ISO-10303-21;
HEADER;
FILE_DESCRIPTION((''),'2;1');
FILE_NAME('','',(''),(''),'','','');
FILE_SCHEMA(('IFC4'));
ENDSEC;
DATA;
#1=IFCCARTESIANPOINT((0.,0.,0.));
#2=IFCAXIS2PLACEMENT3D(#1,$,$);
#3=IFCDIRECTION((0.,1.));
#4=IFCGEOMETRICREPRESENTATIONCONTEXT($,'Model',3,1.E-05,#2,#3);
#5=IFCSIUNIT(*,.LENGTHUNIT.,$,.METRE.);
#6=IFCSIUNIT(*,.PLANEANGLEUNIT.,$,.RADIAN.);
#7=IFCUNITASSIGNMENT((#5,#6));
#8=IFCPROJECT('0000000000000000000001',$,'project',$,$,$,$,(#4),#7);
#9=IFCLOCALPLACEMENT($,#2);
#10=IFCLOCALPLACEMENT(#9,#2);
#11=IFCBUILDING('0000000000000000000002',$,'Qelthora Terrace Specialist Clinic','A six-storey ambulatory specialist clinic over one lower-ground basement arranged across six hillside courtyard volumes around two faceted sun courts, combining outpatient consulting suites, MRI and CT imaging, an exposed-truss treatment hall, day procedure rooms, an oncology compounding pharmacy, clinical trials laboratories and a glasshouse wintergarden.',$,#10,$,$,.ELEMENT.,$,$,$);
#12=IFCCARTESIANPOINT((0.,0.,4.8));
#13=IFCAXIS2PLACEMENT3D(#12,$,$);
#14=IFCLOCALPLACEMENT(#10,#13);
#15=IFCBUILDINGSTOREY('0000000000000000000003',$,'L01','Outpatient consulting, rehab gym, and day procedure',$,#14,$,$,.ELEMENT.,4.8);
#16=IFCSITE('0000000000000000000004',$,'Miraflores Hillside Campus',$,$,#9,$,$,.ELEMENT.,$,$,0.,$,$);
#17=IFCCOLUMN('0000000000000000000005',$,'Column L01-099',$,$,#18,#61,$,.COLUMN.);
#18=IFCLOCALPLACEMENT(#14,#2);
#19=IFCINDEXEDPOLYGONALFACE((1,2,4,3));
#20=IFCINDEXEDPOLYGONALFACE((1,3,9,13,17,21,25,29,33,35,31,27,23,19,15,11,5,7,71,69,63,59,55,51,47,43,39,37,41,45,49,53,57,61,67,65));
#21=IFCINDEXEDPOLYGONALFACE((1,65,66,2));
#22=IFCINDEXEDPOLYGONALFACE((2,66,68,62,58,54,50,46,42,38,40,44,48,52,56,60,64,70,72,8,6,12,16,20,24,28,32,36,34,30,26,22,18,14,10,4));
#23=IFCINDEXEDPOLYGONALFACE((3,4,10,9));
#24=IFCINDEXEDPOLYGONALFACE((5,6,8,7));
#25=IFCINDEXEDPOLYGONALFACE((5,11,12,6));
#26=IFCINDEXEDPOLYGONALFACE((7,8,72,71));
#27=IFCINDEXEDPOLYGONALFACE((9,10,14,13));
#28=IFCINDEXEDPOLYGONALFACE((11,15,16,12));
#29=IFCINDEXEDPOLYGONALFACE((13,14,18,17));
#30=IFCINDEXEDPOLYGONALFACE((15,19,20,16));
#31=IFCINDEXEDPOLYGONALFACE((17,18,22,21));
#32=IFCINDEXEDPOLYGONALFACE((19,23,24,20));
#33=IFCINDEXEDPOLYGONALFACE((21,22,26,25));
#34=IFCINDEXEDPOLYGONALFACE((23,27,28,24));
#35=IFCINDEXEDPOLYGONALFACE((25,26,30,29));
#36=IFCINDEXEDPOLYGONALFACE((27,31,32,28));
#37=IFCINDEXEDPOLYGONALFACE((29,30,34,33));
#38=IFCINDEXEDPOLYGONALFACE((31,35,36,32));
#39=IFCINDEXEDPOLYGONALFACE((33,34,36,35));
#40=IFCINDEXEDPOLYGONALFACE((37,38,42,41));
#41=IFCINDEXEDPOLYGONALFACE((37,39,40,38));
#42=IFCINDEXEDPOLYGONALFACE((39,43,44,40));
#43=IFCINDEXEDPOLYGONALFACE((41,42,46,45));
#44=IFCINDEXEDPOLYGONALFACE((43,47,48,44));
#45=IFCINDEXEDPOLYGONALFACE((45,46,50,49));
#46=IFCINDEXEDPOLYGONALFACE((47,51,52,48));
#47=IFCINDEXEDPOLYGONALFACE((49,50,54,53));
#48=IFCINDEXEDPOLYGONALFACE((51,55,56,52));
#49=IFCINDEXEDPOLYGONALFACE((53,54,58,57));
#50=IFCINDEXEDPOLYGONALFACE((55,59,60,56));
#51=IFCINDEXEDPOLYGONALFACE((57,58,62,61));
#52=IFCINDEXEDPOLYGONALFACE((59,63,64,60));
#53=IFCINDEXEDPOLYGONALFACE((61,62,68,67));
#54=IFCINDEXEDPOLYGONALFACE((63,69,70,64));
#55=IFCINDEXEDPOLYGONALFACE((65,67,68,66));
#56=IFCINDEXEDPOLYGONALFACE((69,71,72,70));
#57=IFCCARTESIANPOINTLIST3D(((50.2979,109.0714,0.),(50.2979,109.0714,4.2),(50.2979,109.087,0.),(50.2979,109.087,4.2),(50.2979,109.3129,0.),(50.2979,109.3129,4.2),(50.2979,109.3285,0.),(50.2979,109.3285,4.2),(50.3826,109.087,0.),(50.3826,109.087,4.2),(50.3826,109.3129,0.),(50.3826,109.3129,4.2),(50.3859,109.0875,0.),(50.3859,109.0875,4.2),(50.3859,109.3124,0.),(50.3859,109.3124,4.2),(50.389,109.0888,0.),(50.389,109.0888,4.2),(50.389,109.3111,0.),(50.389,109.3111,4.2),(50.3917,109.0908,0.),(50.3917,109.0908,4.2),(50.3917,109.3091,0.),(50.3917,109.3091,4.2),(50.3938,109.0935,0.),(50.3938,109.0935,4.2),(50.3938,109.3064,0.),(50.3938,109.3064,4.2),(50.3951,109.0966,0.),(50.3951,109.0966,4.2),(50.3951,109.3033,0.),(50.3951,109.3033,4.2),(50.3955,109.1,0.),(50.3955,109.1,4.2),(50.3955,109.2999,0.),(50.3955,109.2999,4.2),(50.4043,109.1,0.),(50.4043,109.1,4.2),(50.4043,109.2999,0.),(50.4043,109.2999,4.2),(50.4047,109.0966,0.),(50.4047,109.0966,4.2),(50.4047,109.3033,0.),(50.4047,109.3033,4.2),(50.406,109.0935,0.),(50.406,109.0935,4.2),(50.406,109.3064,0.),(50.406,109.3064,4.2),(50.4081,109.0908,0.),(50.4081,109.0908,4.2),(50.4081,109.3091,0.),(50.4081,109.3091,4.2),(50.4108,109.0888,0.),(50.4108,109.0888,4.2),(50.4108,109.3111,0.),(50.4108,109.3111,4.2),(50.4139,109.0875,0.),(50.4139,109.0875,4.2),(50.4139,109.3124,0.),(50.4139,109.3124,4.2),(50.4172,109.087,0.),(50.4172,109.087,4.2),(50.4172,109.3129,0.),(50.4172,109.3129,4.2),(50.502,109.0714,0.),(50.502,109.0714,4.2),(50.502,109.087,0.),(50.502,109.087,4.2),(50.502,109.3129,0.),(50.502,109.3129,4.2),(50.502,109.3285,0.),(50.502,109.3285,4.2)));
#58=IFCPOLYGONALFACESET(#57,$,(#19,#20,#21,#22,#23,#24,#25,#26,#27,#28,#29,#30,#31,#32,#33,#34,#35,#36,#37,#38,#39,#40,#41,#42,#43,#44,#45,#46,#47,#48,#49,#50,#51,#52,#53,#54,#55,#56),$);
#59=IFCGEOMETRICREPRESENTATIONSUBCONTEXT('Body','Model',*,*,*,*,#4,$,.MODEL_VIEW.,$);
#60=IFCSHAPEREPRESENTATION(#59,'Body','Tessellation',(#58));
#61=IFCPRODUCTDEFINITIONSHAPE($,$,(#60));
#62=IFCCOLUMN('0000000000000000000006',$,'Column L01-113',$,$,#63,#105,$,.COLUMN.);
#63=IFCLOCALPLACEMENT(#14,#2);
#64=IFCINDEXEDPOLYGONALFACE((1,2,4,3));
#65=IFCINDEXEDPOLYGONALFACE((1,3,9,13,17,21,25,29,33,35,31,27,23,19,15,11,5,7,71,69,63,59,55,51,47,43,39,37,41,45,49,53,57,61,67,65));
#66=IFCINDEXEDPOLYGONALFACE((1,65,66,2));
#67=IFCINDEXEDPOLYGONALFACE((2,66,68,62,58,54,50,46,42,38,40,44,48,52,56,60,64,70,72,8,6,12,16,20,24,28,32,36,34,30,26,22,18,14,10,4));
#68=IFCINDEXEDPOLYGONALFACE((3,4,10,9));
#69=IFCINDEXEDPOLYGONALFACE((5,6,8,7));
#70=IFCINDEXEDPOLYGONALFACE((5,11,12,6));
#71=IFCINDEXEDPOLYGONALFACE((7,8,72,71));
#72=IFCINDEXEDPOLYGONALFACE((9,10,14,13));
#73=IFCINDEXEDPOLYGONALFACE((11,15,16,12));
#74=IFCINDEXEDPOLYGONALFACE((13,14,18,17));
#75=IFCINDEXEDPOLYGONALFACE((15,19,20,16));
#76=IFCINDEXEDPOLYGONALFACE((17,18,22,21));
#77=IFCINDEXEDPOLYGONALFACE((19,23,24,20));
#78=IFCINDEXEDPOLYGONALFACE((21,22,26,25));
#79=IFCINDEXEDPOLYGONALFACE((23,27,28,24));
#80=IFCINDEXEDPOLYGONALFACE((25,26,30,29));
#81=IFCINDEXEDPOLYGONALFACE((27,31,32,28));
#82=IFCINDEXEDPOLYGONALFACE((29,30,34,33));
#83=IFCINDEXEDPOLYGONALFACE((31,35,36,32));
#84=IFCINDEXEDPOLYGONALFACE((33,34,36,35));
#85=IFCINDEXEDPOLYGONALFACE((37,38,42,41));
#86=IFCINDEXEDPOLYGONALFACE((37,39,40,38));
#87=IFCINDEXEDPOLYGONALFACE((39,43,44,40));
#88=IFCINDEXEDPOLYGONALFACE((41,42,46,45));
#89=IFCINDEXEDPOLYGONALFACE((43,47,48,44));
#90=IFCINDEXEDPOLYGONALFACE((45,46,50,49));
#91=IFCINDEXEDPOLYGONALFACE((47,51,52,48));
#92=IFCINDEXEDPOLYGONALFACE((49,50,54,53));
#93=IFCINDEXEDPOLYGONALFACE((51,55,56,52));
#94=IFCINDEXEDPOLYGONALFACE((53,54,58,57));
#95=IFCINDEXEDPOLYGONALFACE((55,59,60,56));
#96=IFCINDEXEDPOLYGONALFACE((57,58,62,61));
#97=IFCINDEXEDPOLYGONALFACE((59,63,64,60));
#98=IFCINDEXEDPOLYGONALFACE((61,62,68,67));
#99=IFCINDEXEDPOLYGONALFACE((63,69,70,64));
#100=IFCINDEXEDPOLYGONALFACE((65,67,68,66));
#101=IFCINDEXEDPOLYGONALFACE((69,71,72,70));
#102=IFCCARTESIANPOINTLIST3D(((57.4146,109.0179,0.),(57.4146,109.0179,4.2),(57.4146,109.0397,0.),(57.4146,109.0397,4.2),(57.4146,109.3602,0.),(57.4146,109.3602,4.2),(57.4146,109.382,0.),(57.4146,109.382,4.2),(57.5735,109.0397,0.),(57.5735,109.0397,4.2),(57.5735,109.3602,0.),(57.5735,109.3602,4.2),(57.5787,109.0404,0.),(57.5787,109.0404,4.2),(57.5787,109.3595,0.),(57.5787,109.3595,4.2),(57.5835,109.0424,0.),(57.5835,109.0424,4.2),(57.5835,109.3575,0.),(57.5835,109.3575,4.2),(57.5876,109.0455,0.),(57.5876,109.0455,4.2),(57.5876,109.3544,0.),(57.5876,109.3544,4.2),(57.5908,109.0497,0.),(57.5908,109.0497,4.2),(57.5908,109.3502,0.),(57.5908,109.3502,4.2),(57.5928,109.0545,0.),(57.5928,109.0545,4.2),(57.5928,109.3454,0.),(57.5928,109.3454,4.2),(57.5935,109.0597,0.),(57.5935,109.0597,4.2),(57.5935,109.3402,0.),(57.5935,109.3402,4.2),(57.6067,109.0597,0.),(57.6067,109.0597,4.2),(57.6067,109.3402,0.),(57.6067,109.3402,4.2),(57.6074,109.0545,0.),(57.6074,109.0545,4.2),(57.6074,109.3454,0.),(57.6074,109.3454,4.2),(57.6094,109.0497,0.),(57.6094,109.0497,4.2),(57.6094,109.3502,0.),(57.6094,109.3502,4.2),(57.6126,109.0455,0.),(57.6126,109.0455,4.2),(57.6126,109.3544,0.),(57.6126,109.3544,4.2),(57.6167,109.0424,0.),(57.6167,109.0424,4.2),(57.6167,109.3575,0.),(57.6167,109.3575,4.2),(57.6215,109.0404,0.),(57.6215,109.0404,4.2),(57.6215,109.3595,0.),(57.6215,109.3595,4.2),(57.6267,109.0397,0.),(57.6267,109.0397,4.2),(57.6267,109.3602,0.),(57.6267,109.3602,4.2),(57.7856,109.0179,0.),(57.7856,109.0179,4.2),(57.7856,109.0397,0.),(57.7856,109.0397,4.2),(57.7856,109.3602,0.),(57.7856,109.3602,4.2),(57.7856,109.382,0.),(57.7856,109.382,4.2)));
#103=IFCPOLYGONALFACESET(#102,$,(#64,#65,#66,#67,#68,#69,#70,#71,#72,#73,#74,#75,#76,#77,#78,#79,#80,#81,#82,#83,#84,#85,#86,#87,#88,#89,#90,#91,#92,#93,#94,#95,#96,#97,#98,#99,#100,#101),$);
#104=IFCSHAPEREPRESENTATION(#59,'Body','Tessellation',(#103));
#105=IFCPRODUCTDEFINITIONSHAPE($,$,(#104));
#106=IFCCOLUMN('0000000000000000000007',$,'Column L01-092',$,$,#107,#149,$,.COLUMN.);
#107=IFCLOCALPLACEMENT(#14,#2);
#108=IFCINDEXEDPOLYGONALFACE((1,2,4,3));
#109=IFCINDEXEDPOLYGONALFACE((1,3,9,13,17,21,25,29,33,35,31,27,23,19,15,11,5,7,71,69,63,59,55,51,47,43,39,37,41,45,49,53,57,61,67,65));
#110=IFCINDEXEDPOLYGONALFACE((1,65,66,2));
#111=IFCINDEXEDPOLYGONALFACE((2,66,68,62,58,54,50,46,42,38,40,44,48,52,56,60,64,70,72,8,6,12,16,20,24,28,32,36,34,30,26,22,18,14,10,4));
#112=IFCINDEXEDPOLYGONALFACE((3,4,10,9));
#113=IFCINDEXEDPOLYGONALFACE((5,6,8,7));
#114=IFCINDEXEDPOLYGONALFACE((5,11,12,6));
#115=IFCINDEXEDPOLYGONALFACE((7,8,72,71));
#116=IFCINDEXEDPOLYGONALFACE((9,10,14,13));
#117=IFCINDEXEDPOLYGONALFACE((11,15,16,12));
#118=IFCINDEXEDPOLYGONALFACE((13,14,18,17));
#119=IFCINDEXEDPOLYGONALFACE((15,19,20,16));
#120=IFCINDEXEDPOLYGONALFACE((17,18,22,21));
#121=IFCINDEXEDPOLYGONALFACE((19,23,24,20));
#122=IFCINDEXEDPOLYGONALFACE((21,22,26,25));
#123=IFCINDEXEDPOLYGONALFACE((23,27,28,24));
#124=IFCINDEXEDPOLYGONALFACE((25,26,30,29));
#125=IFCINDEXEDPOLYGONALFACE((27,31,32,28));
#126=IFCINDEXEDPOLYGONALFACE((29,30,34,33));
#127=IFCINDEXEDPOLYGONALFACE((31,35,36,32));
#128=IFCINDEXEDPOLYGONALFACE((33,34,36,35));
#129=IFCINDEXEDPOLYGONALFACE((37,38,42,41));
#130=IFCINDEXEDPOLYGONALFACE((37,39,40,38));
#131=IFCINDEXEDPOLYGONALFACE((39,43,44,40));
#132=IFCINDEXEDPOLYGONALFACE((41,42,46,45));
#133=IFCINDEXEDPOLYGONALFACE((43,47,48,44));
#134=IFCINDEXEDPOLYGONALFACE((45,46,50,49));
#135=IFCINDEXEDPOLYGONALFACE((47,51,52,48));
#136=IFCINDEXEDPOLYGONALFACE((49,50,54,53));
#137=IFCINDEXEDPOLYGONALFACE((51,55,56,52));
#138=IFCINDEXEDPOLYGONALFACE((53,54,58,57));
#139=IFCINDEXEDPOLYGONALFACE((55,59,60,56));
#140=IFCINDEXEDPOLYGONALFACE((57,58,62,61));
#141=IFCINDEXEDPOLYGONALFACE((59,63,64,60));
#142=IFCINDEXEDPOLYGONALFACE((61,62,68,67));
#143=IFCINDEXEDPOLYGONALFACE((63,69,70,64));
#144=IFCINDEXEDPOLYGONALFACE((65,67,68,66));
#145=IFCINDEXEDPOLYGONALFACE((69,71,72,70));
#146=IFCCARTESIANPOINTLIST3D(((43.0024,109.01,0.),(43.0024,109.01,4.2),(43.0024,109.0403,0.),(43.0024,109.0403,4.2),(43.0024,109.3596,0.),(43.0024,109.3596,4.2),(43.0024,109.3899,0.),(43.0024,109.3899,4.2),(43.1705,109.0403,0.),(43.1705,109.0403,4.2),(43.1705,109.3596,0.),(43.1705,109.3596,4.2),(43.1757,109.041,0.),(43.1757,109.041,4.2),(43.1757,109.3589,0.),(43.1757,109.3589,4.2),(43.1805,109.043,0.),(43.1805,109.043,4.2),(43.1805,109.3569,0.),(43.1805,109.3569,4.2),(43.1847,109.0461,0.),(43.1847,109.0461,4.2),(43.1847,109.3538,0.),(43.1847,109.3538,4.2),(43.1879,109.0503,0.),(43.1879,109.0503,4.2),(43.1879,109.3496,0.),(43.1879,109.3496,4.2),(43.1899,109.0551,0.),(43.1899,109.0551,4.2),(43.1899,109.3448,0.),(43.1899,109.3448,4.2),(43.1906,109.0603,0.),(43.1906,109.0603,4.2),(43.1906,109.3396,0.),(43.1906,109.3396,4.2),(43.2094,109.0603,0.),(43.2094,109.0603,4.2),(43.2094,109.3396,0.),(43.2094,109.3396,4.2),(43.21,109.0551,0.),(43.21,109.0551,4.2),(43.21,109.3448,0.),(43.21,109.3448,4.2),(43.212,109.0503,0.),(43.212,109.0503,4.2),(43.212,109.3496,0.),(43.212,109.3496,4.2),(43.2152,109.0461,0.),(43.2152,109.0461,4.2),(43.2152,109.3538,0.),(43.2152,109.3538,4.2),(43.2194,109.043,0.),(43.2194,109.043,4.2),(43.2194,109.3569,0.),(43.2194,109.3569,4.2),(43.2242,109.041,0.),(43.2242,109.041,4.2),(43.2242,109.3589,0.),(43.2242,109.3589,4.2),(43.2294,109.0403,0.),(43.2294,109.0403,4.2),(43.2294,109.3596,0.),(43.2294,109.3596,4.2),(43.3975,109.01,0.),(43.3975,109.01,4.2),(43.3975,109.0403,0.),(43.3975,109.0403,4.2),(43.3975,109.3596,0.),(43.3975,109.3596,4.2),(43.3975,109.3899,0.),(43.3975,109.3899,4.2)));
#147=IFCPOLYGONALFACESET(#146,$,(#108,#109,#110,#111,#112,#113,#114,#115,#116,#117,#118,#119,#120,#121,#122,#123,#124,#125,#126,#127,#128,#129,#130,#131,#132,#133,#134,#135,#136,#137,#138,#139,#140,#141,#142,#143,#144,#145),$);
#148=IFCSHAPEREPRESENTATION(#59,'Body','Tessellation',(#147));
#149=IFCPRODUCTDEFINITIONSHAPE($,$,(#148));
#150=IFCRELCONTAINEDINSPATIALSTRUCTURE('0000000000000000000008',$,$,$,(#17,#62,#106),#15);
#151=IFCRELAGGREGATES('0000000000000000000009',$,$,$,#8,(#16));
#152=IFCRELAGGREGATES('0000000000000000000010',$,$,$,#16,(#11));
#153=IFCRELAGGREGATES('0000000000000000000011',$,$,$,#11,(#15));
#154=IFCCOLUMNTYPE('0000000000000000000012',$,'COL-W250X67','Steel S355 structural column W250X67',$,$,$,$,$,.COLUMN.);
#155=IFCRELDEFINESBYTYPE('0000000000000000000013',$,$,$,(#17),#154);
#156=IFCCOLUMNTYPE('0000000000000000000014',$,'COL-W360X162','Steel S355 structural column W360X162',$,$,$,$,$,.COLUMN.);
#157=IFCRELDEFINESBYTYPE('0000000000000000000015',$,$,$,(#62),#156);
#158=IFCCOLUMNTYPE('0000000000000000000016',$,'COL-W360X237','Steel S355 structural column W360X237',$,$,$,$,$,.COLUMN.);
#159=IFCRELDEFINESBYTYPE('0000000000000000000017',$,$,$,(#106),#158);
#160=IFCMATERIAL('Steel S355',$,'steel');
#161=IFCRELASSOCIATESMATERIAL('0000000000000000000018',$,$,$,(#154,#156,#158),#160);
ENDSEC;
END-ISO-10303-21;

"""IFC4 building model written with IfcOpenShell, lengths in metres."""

from ifc_helpers import new_model, si_unit, direction, frame, origin, origin_2d, place, context, subcontext, project, spatial, i_section, extrude, material, material_profile, profile_set, type_object, element, save


model = new_model("IFC4")

# Units and contexts
model_context = context("Model", 3, precision=1e-05, world=origin(), true_north=direction((0.0, 1.0)))
body_context = subcontext(model_context, "Body", "Model", "MODEL_VIEW")
ifc_project = project(units=[si_unit("LENGTHUNIT", "METRE"), si_unit("PLANEANGLEUNIT", "RADIAN")], contexts=[model_context])

# Site, building, storey
site_placement = place(None, origin())
site = spatial("IfcSite", under=ifc_project, at=site_placement, Name="Miraflores Hillside Campus", CompositionType="ELEMENT", RefElevation=0.0)
building_placement = place(site_placement, origin())
building = spatial("IfcBuilding", under=site, at=building_placement, Name="Qelthora Terrace Specialist Clinic", Description="A six-storey ambulatory specialist clinic over one lower-ground basement arranged across six hillside courtyard volumes around two faceted sun courts, combining outpatient consulting suites, MRI and CT imaging, an exposed-truss treatment hall, day procedure rooms, an oncology compounding pharmacy, clinical trials laboratories and a glasshouse wintergarden.", CompositionType="ELEMENT")
storey_placement = place(building_placement, frame((0.0, 0.0, 4.8)))
storey = spatial("IfcBuildingStorey", under=building, at=storey_placement, Name="L01", Description="Outpatient consulting, rehab gym, and day procedure", CompositionType="ELEMENT", Elevation=4.8)

# Columns
ifc_material_1 = material(Name="Steel S355", Category="steel")
ifc_material_profile_1 = material_profile(ifc_material_1, i_section(OverallWidth=0.2041, OverallDepth=0.2571, WebThickness=0.0088, FlangeThickness=0.0156, FilletRadius=0.0129, at=origin_2d()), Name="W250X67")
ifc_profile_set_1 = profile_set([ifc_material_profile_1], Name="Steel S355")
column_type_1 = type_object("IfcColumnType", Name="COL-W250X67", Description="Steel S355 structural column W250X67", PredefinedType="COLUMN", material=ifc_profile_set_1)
column_1_placement = place(storey_placement, frame((50.3999, 109.2, 0.0), z_axis=(0.0, 0.0, 1.0), x_axis=(1.0, 0.0, 0.0)))
element("IfcColumn", 1, at=column_1_placement, inside=storey, type_object=column_type_1, Name="Column L01-099", PredefinedType="COLUMN", context=body_context, shape_type="SweptSolid", body=[
    extrude(i_section(OverallWidth=0.2041, OverallDepth=0.2571, WebThickness=0.0088, FlangeThickness=0.0156, FilletRadius=0.0129, at=origin_2d()), origin(), (0.0, 0.0, 1.0), 4.2),
])
ifc_material_profile_2 = material_profile(ifc_material_1, i_section(OverallWidth=0.3711, OverallDepth=0.364, WebThickness=0.0132, FlangeThickness=0.0217, FilletRadius=0.02, at=origin_2d()), Name="W360X162")
ifc_profile_set_2 = profile_set([ifc_material_profile_2], Name="Steel S355")
column_type_2 = type_object("IfcColumnType", Name="COL-W360X162", Description="Steel S355 structural column W360X162", PredefinedType="COLUMN", material=ifc_profile_set_2)
column_2_placement = place(storey_placement, frame((57.6001, 109.2, 0.0), z_axis=(0.0, 0.0, 1.0), x_axis=(1.0, 0.0, 0.0)))
element("IfcColumn", 2, at=column_2_placement, inside=storey, type_object=column_type_2, Name="Column L01-113", PredefinedType="COLUMN", context=body_context, shape_type="SweptSolid", body=[
    extrude(i_section(OverallWidth=0.3711, OverallDepth=0.364, WebThickness=0.0132, FlangeThickness=0.0217, FilletRadius=0.02, at=origin_2d()), origin(), (0.0, 0.0, 1.0), 4.2),
])
ifc_material_profile_3 = material_profile(ifc_material_1, i_section(OverallWidth=0.395, OverallDepth=0.3799, WebThickness=0.0188, FlangeThickness=0.0303, FilletRadius=0.02, at=origin_2d()), Name="W360X237")
ifc_profile_set_3 = profile_set([ifc_material_profile_3], Name="Steel S355")
column_type_3 = type_object("IfcColumnType", Name="COL-W360X237", Description="Steel S355 structural column W360X237", PredefinedType="COLUMN", material=ifc_profile_set_3)
column_3_placement = place(storey_placement, frame((43.2, 109.2, 0.0), z_axis=(0.0, 0.0, 1.0), x_axis=(1.0, 0.0, 0.0)))
element("IfcColumn", 3, at=column_3_placement, inside=storey, type_object=column_type_3, Name="Column L01-092", PredefinedType="COLUMN", context=body_context, shape_type="SweptSolid", body=[
    extrude(i_section(OverallWidth=0.395, OverallDepth=0.3799, WebThickness=0.0188, FlangeThickness=0.0303, FilletRadius=0.02, at=origin_2d()), origin(), (0.0, 0.0, 1.0), 4.2),
])

save(model, "model.ifc")
